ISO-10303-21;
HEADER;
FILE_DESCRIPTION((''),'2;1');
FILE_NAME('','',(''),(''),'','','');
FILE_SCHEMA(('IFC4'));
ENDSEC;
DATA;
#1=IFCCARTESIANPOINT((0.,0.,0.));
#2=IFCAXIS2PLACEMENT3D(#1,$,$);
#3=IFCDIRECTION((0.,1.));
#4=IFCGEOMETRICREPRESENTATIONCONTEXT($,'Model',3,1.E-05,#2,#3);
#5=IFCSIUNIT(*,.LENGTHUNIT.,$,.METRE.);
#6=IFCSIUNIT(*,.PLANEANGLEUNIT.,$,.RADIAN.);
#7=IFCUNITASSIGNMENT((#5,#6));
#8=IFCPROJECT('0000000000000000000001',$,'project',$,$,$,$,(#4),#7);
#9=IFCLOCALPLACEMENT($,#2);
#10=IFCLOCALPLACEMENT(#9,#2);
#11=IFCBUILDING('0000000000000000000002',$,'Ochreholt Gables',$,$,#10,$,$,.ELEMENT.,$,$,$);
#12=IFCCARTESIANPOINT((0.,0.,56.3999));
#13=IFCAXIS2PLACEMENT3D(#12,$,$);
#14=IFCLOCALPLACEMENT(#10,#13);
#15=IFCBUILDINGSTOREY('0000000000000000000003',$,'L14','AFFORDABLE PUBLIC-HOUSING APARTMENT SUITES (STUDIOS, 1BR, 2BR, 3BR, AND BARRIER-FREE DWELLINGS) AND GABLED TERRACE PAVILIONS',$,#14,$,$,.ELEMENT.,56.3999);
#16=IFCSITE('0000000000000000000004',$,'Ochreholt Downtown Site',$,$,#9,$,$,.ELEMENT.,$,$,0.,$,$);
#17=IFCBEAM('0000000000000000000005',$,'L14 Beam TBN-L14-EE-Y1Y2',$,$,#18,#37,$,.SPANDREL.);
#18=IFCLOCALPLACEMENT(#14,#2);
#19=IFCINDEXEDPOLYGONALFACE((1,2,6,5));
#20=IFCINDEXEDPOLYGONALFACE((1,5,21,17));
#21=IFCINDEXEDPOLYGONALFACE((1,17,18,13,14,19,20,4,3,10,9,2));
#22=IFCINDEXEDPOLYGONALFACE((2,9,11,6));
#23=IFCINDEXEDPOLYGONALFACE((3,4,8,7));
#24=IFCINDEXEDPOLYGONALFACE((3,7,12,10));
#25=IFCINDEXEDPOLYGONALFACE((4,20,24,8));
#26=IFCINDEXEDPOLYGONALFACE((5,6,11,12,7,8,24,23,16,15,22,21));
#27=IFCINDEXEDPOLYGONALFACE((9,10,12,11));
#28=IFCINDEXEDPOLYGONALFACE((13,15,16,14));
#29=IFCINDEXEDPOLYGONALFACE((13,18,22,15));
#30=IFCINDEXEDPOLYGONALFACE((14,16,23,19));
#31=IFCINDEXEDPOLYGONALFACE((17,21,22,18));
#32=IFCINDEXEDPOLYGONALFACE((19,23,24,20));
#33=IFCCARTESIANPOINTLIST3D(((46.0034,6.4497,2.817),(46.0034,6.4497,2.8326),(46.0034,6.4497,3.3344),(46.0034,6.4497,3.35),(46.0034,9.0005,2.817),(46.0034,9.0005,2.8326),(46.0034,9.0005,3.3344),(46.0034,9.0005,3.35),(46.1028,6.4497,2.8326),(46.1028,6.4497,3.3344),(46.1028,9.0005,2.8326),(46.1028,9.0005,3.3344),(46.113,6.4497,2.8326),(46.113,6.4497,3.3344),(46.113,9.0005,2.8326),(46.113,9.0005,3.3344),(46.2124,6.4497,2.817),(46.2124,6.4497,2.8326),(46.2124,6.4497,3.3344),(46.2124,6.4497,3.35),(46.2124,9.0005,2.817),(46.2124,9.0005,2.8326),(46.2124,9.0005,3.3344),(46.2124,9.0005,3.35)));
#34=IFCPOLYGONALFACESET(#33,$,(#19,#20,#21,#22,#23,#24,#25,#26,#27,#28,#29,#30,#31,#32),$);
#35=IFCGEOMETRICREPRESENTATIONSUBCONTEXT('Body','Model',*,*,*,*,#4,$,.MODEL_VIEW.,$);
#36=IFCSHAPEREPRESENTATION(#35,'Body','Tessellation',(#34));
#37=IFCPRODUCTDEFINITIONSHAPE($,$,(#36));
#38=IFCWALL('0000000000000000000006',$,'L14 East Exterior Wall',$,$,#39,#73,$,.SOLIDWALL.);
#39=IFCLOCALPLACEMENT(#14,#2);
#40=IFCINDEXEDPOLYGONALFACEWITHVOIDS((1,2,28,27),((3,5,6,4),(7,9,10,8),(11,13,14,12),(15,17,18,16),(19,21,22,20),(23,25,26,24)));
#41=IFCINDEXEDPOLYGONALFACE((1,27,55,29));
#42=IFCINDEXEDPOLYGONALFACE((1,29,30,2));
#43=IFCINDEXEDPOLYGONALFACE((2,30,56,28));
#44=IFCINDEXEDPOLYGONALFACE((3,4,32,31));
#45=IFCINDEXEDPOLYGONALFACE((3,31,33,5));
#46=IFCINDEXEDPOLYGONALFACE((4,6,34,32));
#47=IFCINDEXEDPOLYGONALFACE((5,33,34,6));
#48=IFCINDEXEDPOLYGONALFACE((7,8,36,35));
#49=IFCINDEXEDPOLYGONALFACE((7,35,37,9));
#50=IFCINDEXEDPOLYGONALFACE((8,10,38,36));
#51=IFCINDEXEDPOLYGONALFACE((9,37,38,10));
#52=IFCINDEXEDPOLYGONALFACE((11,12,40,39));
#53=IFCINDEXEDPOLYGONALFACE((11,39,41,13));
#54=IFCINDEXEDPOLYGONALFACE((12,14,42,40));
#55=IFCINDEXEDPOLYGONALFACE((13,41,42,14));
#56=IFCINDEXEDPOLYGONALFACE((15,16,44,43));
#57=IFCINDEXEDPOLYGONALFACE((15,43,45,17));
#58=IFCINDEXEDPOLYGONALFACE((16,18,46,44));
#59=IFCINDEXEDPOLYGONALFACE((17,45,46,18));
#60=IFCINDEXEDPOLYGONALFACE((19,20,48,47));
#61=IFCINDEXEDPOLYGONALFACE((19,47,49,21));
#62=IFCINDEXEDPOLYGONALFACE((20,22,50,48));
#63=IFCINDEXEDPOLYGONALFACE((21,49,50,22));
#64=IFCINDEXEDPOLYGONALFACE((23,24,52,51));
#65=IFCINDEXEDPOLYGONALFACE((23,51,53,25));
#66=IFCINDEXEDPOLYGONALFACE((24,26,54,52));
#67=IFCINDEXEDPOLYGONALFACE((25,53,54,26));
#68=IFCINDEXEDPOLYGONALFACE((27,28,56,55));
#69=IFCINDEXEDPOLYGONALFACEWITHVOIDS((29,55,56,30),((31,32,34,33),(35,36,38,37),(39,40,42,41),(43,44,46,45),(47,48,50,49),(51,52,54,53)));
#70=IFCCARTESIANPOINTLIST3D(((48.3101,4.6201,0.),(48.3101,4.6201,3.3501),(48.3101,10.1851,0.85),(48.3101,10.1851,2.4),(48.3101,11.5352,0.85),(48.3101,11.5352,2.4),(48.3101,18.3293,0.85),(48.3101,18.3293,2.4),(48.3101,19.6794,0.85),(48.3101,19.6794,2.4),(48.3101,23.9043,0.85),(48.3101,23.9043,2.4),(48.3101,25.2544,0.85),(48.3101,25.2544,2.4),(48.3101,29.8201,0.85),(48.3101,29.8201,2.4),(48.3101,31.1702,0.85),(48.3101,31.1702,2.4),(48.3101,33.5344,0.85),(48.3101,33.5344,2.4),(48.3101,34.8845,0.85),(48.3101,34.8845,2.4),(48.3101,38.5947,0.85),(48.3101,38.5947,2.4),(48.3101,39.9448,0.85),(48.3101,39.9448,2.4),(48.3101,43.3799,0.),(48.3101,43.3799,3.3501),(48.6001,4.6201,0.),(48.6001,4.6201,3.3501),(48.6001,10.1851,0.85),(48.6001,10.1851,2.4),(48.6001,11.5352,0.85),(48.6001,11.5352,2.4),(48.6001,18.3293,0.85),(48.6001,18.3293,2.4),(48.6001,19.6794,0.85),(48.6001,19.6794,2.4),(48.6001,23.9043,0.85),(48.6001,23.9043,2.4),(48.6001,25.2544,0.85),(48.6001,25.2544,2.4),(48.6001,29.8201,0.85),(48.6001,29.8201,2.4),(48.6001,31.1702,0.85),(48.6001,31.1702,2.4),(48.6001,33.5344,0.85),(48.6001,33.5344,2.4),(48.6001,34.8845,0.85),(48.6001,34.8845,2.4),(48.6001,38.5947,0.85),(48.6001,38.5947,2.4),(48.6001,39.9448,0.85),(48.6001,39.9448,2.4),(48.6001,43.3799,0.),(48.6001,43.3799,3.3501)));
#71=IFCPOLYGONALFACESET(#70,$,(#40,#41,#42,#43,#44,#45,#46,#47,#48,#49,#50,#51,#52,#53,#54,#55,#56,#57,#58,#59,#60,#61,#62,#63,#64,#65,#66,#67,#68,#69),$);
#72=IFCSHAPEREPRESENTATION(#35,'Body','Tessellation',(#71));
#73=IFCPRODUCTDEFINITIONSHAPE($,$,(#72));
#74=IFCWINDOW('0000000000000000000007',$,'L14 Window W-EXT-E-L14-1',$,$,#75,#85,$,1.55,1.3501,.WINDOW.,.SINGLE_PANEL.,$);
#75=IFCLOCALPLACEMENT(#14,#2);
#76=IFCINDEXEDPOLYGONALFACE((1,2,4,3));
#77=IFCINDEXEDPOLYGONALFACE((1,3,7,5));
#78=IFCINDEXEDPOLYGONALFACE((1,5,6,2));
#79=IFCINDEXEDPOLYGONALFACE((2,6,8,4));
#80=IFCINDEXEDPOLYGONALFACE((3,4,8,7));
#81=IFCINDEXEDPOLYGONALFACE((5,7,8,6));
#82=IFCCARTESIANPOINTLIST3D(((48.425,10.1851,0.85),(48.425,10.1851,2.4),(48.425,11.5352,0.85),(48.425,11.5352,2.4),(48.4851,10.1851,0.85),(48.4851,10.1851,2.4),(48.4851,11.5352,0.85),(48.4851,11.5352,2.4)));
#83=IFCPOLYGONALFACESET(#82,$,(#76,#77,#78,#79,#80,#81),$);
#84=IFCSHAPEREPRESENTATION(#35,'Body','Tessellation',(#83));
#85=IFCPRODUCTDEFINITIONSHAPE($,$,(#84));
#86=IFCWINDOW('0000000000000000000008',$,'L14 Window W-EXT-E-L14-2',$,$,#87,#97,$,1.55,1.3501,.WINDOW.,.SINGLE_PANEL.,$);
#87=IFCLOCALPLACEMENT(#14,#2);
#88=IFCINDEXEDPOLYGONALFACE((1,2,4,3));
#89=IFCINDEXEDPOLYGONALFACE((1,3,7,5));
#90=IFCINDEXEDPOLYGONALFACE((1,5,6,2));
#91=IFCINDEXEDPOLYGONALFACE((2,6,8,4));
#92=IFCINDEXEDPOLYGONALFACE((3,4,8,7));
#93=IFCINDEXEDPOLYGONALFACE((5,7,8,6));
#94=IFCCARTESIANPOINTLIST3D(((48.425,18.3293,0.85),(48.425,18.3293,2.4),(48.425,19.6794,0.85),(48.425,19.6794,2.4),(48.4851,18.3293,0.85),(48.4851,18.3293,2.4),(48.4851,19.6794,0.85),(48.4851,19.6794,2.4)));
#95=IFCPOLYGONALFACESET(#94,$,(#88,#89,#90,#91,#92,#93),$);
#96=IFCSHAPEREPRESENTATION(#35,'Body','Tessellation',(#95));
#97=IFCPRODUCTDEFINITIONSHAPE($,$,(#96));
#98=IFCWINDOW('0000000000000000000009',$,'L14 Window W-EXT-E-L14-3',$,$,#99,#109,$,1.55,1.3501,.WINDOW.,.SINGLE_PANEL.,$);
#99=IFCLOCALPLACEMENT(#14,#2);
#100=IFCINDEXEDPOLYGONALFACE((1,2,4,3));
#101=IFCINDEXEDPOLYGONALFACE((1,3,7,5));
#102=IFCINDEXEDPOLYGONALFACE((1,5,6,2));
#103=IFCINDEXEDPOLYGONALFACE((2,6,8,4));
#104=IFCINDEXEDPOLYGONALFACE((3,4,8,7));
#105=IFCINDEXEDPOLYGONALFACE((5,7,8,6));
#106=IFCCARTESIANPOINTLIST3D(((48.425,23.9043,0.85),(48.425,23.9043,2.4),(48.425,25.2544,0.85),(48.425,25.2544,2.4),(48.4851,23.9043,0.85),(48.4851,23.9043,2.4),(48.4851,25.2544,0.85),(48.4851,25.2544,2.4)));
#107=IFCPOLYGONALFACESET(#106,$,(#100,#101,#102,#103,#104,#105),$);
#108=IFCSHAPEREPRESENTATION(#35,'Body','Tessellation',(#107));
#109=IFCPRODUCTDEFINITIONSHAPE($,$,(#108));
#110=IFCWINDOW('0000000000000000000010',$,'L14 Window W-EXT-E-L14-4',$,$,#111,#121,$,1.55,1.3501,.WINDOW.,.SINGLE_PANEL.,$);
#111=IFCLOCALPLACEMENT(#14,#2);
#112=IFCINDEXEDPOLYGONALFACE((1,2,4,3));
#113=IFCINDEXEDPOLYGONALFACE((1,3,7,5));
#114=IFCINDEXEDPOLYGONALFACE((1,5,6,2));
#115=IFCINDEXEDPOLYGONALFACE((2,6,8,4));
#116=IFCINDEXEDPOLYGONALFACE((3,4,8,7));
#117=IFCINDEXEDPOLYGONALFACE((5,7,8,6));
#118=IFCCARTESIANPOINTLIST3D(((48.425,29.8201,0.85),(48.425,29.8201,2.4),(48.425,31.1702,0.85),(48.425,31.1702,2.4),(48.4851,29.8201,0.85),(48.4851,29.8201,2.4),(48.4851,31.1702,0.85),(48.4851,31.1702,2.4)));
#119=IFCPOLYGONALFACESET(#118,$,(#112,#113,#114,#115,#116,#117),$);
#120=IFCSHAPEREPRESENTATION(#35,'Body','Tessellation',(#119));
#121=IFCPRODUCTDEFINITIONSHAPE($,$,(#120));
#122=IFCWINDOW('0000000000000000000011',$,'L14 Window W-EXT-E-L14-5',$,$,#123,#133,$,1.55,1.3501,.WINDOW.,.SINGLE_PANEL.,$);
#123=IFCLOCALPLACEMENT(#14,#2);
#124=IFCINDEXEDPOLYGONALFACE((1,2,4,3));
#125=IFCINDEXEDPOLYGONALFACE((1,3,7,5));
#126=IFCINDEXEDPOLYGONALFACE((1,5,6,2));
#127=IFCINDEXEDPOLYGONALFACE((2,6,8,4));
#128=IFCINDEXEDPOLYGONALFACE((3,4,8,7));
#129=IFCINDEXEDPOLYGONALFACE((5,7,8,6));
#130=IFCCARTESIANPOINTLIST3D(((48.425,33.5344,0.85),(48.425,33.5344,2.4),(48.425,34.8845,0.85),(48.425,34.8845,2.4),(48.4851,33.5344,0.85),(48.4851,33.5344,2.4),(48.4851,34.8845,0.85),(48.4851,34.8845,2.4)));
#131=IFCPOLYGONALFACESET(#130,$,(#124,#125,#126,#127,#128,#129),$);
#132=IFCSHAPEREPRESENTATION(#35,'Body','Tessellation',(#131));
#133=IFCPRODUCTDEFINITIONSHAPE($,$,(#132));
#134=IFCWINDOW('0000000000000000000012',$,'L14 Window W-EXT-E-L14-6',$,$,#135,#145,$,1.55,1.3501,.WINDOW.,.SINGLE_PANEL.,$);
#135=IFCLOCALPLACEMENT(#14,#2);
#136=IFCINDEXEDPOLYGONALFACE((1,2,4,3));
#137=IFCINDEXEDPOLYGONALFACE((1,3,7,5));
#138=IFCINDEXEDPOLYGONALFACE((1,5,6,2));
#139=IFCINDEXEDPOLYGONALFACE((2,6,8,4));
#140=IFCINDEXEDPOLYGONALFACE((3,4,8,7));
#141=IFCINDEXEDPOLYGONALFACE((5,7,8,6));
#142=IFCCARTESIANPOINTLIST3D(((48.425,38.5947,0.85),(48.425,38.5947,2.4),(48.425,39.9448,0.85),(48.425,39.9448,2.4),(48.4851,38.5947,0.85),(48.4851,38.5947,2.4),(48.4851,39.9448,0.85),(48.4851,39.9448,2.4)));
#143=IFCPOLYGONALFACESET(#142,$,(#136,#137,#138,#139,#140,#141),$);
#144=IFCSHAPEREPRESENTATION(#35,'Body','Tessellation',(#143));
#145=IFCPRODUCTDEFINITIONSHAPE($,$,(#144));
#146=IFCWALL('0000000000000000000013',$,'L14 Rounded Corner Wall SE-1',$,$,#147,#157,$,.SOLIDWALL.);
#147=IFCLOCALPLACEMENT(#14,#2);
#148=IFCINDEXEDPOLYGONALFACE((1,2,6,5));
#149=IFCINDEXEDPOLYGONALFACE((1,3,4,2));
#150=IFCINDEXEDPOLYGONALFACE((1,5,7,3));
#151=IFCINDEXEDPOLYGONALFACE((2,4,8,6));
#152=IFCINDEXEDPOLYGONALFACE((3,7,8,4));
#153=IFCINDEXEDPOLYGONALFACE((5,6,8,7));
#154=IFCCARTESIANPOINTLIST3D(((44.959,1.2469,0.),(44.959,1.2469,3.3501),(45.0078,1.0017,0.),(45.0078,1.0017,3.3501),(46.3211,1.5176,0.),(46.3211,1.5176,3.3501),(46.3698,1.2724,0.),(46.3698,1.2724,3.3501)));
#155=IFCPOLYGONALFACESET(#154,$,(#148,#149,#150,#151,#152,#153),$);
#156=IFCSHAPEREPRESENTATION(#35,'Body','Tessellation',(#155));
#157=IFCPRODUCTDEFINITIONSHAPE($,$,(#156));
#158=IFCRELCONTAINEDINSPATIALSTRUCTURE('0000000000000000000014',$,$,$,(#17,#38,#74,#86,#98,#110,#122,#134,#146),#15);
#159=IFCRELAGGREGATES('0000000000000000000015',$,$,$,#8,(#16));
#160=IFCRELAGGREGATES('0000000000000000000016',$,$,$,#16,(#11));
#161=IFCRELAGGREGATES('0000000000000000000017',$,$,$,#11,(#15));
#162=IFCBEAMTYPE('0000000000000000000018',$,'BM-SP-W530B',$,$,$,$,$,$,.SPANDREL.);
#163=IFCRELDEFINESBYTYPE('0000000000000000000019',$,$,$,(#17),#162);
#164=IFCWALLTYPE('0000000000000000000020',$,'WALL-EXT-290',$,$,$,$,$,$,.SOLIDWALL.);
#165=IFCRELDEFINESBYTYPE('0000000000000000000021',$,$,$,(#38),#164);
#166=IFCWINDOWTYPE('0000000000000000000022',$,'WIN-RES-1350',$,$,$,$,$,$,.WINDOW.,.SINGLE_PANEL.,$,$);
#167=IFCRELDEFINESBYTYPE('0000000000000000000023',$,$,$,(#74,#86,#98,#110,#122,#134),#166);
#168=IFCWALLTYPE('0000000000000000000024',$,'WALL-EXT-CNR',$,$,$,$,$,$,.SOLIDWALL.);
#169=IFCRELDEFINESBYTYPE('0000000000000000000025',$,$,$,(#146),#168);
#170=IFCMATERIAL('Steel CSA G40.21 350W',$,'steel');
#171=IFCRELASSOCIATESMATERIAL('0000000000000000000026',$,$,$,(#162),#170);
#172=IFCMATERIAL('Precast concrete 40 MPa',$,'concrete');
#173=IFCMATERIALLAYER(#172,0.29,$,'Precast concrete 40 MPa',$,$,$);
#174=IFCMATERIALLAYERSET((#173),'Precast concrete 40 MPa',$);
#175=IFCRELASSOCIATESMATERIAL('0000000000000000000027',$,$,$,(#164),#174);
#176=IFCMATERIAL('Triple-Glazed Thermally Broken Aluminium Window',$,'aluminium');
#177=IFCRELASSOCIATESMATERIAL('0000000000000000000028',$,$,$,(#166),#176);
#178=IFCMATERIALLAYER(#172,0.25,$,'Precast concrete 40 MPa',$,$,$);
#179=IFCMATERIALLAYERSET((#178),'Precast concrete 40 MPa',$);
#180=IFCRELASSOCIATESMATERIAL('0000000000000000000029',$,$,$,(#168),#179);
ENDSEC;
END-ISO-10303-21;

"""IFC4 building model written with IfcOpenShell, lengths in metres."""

from ifc_helpers import new_model, si_unit, direction, frame, frame_2d, origin, origin_2d, place, context, subcontext, project, spatial, rectangle, i_section, extrude, material, layer, layer_set, material_profile, profile_set, type_object, element, fill, save


model = new_model("IFC4")

# Units and contexts
model_context = context("Model", 3, precision=1e-05, world=origin(), true_north=direction((0.0, 1.0)))
body_context = subcontext(model_context, "Body", "Model", "MODEL_VIEW")
ifc_project = project(units=[si_unit("LENGTHUNIT", "METRE"), si_unit("PLANEANGLEUNIT", "RADIAN")], contexts=[model_context])

# Site, building, storey
site_placement = place(None, origin())
site = spatial("IfcSite", under=ifc_project, at=site_placement, Name="Ochreholt Downtown Site", CompositionType="ELEMENT", RefElevation=0.0)
building_placement = place(site_placement, origin())
building = spatial("IfcBuilding", under=site, at=building_placement, Name="Ochreholt Gables", CompositionType="ELEMENT")
storey_placement = place(building_placement, frame((0.0, 0.0, 56.3999)))
storey = spatial("IfcBuildingStorey", under=building, at=storey_placement, Name="L14", Description="AFFORDABLE PUBLIC-HOUSING APARTMENT SUITES (STUDIOS, 1BR, 2BR, 3BR, AND BARRIER-FREE DWELLINGS) AND GABLED TERRACE PAVILIONS", CompositionType="ELEMENT", Elevation=56.3999)

# Shared definitions
ifc_material_1 = material(Name="Steel CSA G40.21 350W", Category="steel")

# Beam
ifc_material_profile_1 = material_profile(ifc_material_1, i_section(OverallWidth=0.209, OverallDepth=0.533, WebThickness=0.0103, FlangeThickness=0.0156, at=origin_2d()), Name="W530X92")
ifc_profile_set_1 = profile_set([ifc_material_profile_1], Name="Steel CSA G40.21 350W")
beam_type_1 = type_object("IfcBeamType", Name="BM-SP-W530B", PredefinedType="SPANDREL", material=ifc_profile_set_1)
beam_1_placement = place(storey_placement, frame((46.1079, 6.4497, 3.0835), z_axis=(0.0, 1.0, 0.0), x_axis=(-1.0, 0.0, 0.0)))
element("IfcBeam", 1, at=beam_1_placement, inside=storey, type_object=beam_type_1, Name="L14 Beam TBN-L14-EE-Y1Y2", PredefinedType="SPANDREL", context=body_context, shape_type="SweptSolid", body=[
    extrude(i_section(OverallWidth=0.209, OverallDepth=0.533, WebThickness=0.0103, FlangeThickness=0.0156, at=origin_2d()), origin(), (0.0, 0.0, 1.0), 2.5508),
])

# Wall, openings, windows
ifc_material_2 = material(Name="Precast concrete 40 MPa", Category="concrete")
ifc_layer_1 = layer(ifc_material_2, 0.29, Name="Precast concrete 40 MPa")
ifc_layer_set_1 = layer_set([ifc_layer_1], Name="Precast concrete 40 MPa")
wall_type_1 = type_object("IfcWallType", Name="WALL-EXT-290", PredefinedType="SOLIDWALL", material=ifc_layer_set_1)
wall_1_placement = place(storey_placement, frame((48.4551, 4.6201, 0.0), z_axis=(0.0, 0.0, 1.0), x_axis=(0.0, 1.0, 0.0)))
wall_1 = element("IfcWall", 2, at=wall_1_placement, inside=storey, type_object=wall_type_1, Name="L14 East Exterior Wall", PredefinedType="SOLIDWALL", context=body_context, shape_type="SweptSolid", body=[
    extrude(rectangle(XDim=38.7598, YDim=0.29, at=frame_2d((19.3799, 0.0))), origin(), (0.0, 0.0, 1.0), 3.3501),
])
opening_1_placement = place(wall_1_placement, frame((5.5649, 0.0, 0.8501)))
opening_1 = element("IfcOpeningElement", 3, at=opening_1_placement, cuts=wall_1, PredefinedType="OPENING", context=body_context, shape_type="SweptSolid", body=[
    extrude(rectangle(XDim=1.3501, YDim=1.55, at=frame_2d((0.675, 0.7749))), frame((0.0, 0.155, 0.0), z_axis=(0.0, -1.0, 0.0), x_axis=(1.0, 0.0, 0.0)), (0.0, 0.0, 1.0), 0.3101),
])
opening_2_placement = place(wall_1_placement, frame((13.7092, 0.0, 0.8501)))
opening_2 = element("IfcOpeningElement", 4, at=opening_2_placement, cuts=wall_1, PredefinedType="OPENING", context=body_context, shape_type="SweptSolid", body=[
    extrude(rectangle(XDim=1.3501, YDim=1.55, at=frame_2d((0.675, 0.7749))), frame((0.0, 0.155, 0.0), z_axis=(0.0, -1.0, 0.0), x_axis=(1.0, 0.0, 0.0)), (0.0, 0.0, 1.0), 0.3101),
])
opening_3_placement = place(wall_1_placement, frame((19.2842, 0.0, 0.8501)))
opening_3 = element("IfcOpeningElement", 5, at=opening_3_placement, cuts=wall_1, PredefinedType="OPENING", context=body_context, shape_type="SweptSolid", body=[
    extrude(rectangle(XDim=1.3501, YDim=1.55, at=frame_2d((0.675, 0.7749))), frame((0.0, 0.155, 0.0), z_axis=(0.0, -1.0, 0.0), x_axis=(1.0, 0.0, 0.0)), (0.0, 0.0, 1.0), 0.3101),
])
opening_4_placement = place(wall_1_placement, frame((25.2, 0.0, 0.8501)))
opening_4 = element("IfcOpeningElement", 6, at=opening_4_placement, cuts=wall_1, PredefinedType="OPENING", context=body_context, shape_type="SweptSolid", body=[
    extrude(rectangle(XDim=1.3501, YDim=1.55, at=frame_2d((0.675, 0.7749))), frame((0.0, 0.155, 0.0), z_axis=(0.0, -1.0, 0.0), x_axis=(1.0, 0.0, 0.0)), (0.0, 0.0, 1.0), 0.3101),
])
opening_5_placement = place(wall_1_placement, frame((28.9143, 0.0, 0.8501)))
opening_5 = element("IfcOpeningElement", 7, at=opening_5_placement, cuts=wall_1, PredefinedType="OPENING", context=body_context, shape_type="SweptSolid", body=[
    extrude(rectangle(XDim=1.3501, YDim=1.55, at=frame_2d((0.675, 0.7749))), frame((0.0, 0.155, 0.0), z_axis=(0.0, -1.0, 0.0), x_axis=(1.0, 0.0, 0.0)), (0.0, 0.0, 1.0), 0.3101),
])
opening_6_placement = place(wall_1_placement, frame((33.9746, 0.0, 0.8501)))
opening_6 = element("IfcOpeningElement", 8, at=opening_6_placement, cuts=wall_1, PredefinedType="OPENING", context=body_context, shape_type="SweptSolid", body=[
    extrude(rectangle(XDim=1.3501, YDim=1.55, at=frame_2d((0.675, 0.7749))), frame((0.0, 0.155, 0.0), z_axis=(0.0, -1.0, 0.0), x_axis=(1.0, 0.0, 0.0)), (0.0, 0.0, 1.0), 0.3101),
])
ifc_material_3 = material(Name="Triple-Glazed Thermally Broken Aluminium Window", Category="aluminium")
window_type = type_object("IfcWindowType", Name="WIN-RES-1350", PartitioningType="SINGLE_PANEL", PredefinedType="WINDOW", material=ifc_material_3)
window_1_placement = place(opening_1_placement, origin())
window_1 = element("IfcWindow", 9, at=window_1_placement, inside=storey, type_object=window_type, Name="L14 Window W-EXT-E-L14-1", OverallHeight=1.55, OverallWidth=1.3501, PartitioningType="SINGLE_PANEL", PredefinedType="WINDOW", context=body_context, shape_type="SweptSolid", body=[
    extrude(rectangle(XDim=1.3501, YDim=1.55, at=frame_2d((0.675, 0.7749))), frame((0.0, 0.03, 0.0), z_axis=(0.0, -1.0, 0.0), x_axis=(1.0, 0.0, 0.0)), (0.0, 0.0, 1.0), 0.0601),
])
fill(opening_1, window_1)
window_2_placement = place(opening_2_placement, origin())
window_2 = element("IfcWindow", 10, at=window_2_placement, inside=storey, type_object=window_type, Name="L14 Window W-EXT-E-L14-2", OverallHeight=1.55, OverallWidth=1.3501, PartitioningType="SINGLE_PANEL", PredefinedType="WINDOW", context=body_context, shape_type="SweptSolid", body=[
    extrude(rectangle(XDim=1.3501, YDim=1.55, at=frame_2d((0.675, 0.7749))), frame((0.0, 0.03, 0.0), z_axis=(0.0, -1.0, 0.0), x_axis=(1.0, 0.0, 0.0)), (0.0, 0.0, 1.0), 0.0601),
])
fill(opening_2, window_2)
window_3_placement = place(opening_3_placement, origin())
window_3 = element("IfcWindow", 11, at=window_3_placement, inside=storey, type_object=window_type, Name="L14 Window W-EXT-E-L14-3", OverallHeight=1.55, OverallWidth=1.3501, PartitioningType="SINGLE_PANEL", PredefinedType="WINDOW", context=body_context, shape_type="SweptSolid", body=[
    extrude(rectangle(XDim=1.3501, YDim=1.55, at=frame_2d((0.675, 0.7749))), frame((0.0, 0.03, 0.0), z_axis=(0.0, -1.0, 0.0), x_axis=(1.0, 0.0, 0.0)), (0.0, 0.0, 1.0), 0.0601),
])
fill(opening_3, window_3)
window_4_placement = place(opening_4_placement, origin())
window_4 = element("IfcWindow", 12, at=window_4_placement, inside=storey, type_object=window_type, Name="L14 Window W-EXT-E-L14-4", OverallHeight=1.55, OverallWidth=1.3501, PartitioningType="SINGLE_PANEL", PredefinedType="WINDOW", context=body_context, shape_type="SweptSolid", body=[
    extrude(rectangle(XDim=1.3501, YDim=1.55, at=frame_2d((0.675, 0.7749))), frame((0.0, 0.03, 0.0), z_axis=(0.0, -1.0, 0.0), x_axis=(1.0, 0.0, 0.0)), (0.0, 0.0, 1.0), 0.0601),
])
fill(opening_4, window_4)
window_5_placement = place(opening_5_placement, origin())
window_5 = element("IfcWindow", 13, at=window_5_placement, inside=storey, type_object=window_type, Name="L14 Window W-EXT-E-L14-5", OverallHeight=1.55, OverallWidth=1.3501, PartitioningType="SINGLE_PANEL", PredefinedType="WINDOW", context=body_context, shape_type="SweptSolid", body=[
    extrude(rectangle(XDim=1.3501, YDim=1.55, at=frame_2d((0.675, 0.7749))), frame((0.0, 0.03, 0.0), z_axis=(0.0, -1.0, 0.0), x_axis=(1.0, 0.0, 0.0)), (0.0, 0.0, 1.0), 0.0601),
])
fill(opening_5, window_5)
window_6_placement = place(opening_6_placement, origin())
window_6 = element("IfcWindow", 14, at=window_6_placement, inside=storey, type_object=window_type, Name="L14 Window W-EXT-E-L14-6", OverallHeight=1.55, OverallWidth=1.3501, PartitioningType="SINGLE_PANEL", PredefinedType="WINDOW", context=body_context, shape_type="SweptSolid", body=[
    extrude(rectangle(XDim=1.3501, YDim=1.55, at=frame_2d((0.675, 0.7749))), frame((0.0, 0.03, 0.0), z_axis=(0.0, -1.0, 0.0), x_axis=(1.0, 0.0, 0.0)), (0.0, 0.0, 1.0), 0.0601),
])
fill(opening_6, window_6)

# Wall
ifc_layer_2 = layer(ifc_material_2, 0.25, Name="Precast concrete 40 MPa")
ifc_layer_set_2 = layer_set([ifc_layer_2], Name="Precast concrete 40 MPa")
wall_type_2 = type_object("IfcWallType", Name="WALL-EXT-CNR", PredefinedType="SOLIDWALL", material=ifc_layer_set_2)
wall_2_placement = place(storey_placement, frame((44.9834, 1.1243, 0.0), z_axis=(0.0, 0.0, 1.0), x_axis=(0.98081, 0.194967, 0.0)))
element("IfcWall", 15, at=wall_2_placement, inside=storey, type_object=wall_type_2, Name="L14 Rounded Corner Wall SE-1", PredefinedType="SOLIDWALL", context=body_context, shape_type="SweptSolid", body=[
    extrude(rectangle(XDim=1.3887, YDim=0.25, at=frame_2d((0.6943, 0.0))), origin(), (0.0, 0.0, 1.0), 3.3501),
])

save(model, "model.ifc")
